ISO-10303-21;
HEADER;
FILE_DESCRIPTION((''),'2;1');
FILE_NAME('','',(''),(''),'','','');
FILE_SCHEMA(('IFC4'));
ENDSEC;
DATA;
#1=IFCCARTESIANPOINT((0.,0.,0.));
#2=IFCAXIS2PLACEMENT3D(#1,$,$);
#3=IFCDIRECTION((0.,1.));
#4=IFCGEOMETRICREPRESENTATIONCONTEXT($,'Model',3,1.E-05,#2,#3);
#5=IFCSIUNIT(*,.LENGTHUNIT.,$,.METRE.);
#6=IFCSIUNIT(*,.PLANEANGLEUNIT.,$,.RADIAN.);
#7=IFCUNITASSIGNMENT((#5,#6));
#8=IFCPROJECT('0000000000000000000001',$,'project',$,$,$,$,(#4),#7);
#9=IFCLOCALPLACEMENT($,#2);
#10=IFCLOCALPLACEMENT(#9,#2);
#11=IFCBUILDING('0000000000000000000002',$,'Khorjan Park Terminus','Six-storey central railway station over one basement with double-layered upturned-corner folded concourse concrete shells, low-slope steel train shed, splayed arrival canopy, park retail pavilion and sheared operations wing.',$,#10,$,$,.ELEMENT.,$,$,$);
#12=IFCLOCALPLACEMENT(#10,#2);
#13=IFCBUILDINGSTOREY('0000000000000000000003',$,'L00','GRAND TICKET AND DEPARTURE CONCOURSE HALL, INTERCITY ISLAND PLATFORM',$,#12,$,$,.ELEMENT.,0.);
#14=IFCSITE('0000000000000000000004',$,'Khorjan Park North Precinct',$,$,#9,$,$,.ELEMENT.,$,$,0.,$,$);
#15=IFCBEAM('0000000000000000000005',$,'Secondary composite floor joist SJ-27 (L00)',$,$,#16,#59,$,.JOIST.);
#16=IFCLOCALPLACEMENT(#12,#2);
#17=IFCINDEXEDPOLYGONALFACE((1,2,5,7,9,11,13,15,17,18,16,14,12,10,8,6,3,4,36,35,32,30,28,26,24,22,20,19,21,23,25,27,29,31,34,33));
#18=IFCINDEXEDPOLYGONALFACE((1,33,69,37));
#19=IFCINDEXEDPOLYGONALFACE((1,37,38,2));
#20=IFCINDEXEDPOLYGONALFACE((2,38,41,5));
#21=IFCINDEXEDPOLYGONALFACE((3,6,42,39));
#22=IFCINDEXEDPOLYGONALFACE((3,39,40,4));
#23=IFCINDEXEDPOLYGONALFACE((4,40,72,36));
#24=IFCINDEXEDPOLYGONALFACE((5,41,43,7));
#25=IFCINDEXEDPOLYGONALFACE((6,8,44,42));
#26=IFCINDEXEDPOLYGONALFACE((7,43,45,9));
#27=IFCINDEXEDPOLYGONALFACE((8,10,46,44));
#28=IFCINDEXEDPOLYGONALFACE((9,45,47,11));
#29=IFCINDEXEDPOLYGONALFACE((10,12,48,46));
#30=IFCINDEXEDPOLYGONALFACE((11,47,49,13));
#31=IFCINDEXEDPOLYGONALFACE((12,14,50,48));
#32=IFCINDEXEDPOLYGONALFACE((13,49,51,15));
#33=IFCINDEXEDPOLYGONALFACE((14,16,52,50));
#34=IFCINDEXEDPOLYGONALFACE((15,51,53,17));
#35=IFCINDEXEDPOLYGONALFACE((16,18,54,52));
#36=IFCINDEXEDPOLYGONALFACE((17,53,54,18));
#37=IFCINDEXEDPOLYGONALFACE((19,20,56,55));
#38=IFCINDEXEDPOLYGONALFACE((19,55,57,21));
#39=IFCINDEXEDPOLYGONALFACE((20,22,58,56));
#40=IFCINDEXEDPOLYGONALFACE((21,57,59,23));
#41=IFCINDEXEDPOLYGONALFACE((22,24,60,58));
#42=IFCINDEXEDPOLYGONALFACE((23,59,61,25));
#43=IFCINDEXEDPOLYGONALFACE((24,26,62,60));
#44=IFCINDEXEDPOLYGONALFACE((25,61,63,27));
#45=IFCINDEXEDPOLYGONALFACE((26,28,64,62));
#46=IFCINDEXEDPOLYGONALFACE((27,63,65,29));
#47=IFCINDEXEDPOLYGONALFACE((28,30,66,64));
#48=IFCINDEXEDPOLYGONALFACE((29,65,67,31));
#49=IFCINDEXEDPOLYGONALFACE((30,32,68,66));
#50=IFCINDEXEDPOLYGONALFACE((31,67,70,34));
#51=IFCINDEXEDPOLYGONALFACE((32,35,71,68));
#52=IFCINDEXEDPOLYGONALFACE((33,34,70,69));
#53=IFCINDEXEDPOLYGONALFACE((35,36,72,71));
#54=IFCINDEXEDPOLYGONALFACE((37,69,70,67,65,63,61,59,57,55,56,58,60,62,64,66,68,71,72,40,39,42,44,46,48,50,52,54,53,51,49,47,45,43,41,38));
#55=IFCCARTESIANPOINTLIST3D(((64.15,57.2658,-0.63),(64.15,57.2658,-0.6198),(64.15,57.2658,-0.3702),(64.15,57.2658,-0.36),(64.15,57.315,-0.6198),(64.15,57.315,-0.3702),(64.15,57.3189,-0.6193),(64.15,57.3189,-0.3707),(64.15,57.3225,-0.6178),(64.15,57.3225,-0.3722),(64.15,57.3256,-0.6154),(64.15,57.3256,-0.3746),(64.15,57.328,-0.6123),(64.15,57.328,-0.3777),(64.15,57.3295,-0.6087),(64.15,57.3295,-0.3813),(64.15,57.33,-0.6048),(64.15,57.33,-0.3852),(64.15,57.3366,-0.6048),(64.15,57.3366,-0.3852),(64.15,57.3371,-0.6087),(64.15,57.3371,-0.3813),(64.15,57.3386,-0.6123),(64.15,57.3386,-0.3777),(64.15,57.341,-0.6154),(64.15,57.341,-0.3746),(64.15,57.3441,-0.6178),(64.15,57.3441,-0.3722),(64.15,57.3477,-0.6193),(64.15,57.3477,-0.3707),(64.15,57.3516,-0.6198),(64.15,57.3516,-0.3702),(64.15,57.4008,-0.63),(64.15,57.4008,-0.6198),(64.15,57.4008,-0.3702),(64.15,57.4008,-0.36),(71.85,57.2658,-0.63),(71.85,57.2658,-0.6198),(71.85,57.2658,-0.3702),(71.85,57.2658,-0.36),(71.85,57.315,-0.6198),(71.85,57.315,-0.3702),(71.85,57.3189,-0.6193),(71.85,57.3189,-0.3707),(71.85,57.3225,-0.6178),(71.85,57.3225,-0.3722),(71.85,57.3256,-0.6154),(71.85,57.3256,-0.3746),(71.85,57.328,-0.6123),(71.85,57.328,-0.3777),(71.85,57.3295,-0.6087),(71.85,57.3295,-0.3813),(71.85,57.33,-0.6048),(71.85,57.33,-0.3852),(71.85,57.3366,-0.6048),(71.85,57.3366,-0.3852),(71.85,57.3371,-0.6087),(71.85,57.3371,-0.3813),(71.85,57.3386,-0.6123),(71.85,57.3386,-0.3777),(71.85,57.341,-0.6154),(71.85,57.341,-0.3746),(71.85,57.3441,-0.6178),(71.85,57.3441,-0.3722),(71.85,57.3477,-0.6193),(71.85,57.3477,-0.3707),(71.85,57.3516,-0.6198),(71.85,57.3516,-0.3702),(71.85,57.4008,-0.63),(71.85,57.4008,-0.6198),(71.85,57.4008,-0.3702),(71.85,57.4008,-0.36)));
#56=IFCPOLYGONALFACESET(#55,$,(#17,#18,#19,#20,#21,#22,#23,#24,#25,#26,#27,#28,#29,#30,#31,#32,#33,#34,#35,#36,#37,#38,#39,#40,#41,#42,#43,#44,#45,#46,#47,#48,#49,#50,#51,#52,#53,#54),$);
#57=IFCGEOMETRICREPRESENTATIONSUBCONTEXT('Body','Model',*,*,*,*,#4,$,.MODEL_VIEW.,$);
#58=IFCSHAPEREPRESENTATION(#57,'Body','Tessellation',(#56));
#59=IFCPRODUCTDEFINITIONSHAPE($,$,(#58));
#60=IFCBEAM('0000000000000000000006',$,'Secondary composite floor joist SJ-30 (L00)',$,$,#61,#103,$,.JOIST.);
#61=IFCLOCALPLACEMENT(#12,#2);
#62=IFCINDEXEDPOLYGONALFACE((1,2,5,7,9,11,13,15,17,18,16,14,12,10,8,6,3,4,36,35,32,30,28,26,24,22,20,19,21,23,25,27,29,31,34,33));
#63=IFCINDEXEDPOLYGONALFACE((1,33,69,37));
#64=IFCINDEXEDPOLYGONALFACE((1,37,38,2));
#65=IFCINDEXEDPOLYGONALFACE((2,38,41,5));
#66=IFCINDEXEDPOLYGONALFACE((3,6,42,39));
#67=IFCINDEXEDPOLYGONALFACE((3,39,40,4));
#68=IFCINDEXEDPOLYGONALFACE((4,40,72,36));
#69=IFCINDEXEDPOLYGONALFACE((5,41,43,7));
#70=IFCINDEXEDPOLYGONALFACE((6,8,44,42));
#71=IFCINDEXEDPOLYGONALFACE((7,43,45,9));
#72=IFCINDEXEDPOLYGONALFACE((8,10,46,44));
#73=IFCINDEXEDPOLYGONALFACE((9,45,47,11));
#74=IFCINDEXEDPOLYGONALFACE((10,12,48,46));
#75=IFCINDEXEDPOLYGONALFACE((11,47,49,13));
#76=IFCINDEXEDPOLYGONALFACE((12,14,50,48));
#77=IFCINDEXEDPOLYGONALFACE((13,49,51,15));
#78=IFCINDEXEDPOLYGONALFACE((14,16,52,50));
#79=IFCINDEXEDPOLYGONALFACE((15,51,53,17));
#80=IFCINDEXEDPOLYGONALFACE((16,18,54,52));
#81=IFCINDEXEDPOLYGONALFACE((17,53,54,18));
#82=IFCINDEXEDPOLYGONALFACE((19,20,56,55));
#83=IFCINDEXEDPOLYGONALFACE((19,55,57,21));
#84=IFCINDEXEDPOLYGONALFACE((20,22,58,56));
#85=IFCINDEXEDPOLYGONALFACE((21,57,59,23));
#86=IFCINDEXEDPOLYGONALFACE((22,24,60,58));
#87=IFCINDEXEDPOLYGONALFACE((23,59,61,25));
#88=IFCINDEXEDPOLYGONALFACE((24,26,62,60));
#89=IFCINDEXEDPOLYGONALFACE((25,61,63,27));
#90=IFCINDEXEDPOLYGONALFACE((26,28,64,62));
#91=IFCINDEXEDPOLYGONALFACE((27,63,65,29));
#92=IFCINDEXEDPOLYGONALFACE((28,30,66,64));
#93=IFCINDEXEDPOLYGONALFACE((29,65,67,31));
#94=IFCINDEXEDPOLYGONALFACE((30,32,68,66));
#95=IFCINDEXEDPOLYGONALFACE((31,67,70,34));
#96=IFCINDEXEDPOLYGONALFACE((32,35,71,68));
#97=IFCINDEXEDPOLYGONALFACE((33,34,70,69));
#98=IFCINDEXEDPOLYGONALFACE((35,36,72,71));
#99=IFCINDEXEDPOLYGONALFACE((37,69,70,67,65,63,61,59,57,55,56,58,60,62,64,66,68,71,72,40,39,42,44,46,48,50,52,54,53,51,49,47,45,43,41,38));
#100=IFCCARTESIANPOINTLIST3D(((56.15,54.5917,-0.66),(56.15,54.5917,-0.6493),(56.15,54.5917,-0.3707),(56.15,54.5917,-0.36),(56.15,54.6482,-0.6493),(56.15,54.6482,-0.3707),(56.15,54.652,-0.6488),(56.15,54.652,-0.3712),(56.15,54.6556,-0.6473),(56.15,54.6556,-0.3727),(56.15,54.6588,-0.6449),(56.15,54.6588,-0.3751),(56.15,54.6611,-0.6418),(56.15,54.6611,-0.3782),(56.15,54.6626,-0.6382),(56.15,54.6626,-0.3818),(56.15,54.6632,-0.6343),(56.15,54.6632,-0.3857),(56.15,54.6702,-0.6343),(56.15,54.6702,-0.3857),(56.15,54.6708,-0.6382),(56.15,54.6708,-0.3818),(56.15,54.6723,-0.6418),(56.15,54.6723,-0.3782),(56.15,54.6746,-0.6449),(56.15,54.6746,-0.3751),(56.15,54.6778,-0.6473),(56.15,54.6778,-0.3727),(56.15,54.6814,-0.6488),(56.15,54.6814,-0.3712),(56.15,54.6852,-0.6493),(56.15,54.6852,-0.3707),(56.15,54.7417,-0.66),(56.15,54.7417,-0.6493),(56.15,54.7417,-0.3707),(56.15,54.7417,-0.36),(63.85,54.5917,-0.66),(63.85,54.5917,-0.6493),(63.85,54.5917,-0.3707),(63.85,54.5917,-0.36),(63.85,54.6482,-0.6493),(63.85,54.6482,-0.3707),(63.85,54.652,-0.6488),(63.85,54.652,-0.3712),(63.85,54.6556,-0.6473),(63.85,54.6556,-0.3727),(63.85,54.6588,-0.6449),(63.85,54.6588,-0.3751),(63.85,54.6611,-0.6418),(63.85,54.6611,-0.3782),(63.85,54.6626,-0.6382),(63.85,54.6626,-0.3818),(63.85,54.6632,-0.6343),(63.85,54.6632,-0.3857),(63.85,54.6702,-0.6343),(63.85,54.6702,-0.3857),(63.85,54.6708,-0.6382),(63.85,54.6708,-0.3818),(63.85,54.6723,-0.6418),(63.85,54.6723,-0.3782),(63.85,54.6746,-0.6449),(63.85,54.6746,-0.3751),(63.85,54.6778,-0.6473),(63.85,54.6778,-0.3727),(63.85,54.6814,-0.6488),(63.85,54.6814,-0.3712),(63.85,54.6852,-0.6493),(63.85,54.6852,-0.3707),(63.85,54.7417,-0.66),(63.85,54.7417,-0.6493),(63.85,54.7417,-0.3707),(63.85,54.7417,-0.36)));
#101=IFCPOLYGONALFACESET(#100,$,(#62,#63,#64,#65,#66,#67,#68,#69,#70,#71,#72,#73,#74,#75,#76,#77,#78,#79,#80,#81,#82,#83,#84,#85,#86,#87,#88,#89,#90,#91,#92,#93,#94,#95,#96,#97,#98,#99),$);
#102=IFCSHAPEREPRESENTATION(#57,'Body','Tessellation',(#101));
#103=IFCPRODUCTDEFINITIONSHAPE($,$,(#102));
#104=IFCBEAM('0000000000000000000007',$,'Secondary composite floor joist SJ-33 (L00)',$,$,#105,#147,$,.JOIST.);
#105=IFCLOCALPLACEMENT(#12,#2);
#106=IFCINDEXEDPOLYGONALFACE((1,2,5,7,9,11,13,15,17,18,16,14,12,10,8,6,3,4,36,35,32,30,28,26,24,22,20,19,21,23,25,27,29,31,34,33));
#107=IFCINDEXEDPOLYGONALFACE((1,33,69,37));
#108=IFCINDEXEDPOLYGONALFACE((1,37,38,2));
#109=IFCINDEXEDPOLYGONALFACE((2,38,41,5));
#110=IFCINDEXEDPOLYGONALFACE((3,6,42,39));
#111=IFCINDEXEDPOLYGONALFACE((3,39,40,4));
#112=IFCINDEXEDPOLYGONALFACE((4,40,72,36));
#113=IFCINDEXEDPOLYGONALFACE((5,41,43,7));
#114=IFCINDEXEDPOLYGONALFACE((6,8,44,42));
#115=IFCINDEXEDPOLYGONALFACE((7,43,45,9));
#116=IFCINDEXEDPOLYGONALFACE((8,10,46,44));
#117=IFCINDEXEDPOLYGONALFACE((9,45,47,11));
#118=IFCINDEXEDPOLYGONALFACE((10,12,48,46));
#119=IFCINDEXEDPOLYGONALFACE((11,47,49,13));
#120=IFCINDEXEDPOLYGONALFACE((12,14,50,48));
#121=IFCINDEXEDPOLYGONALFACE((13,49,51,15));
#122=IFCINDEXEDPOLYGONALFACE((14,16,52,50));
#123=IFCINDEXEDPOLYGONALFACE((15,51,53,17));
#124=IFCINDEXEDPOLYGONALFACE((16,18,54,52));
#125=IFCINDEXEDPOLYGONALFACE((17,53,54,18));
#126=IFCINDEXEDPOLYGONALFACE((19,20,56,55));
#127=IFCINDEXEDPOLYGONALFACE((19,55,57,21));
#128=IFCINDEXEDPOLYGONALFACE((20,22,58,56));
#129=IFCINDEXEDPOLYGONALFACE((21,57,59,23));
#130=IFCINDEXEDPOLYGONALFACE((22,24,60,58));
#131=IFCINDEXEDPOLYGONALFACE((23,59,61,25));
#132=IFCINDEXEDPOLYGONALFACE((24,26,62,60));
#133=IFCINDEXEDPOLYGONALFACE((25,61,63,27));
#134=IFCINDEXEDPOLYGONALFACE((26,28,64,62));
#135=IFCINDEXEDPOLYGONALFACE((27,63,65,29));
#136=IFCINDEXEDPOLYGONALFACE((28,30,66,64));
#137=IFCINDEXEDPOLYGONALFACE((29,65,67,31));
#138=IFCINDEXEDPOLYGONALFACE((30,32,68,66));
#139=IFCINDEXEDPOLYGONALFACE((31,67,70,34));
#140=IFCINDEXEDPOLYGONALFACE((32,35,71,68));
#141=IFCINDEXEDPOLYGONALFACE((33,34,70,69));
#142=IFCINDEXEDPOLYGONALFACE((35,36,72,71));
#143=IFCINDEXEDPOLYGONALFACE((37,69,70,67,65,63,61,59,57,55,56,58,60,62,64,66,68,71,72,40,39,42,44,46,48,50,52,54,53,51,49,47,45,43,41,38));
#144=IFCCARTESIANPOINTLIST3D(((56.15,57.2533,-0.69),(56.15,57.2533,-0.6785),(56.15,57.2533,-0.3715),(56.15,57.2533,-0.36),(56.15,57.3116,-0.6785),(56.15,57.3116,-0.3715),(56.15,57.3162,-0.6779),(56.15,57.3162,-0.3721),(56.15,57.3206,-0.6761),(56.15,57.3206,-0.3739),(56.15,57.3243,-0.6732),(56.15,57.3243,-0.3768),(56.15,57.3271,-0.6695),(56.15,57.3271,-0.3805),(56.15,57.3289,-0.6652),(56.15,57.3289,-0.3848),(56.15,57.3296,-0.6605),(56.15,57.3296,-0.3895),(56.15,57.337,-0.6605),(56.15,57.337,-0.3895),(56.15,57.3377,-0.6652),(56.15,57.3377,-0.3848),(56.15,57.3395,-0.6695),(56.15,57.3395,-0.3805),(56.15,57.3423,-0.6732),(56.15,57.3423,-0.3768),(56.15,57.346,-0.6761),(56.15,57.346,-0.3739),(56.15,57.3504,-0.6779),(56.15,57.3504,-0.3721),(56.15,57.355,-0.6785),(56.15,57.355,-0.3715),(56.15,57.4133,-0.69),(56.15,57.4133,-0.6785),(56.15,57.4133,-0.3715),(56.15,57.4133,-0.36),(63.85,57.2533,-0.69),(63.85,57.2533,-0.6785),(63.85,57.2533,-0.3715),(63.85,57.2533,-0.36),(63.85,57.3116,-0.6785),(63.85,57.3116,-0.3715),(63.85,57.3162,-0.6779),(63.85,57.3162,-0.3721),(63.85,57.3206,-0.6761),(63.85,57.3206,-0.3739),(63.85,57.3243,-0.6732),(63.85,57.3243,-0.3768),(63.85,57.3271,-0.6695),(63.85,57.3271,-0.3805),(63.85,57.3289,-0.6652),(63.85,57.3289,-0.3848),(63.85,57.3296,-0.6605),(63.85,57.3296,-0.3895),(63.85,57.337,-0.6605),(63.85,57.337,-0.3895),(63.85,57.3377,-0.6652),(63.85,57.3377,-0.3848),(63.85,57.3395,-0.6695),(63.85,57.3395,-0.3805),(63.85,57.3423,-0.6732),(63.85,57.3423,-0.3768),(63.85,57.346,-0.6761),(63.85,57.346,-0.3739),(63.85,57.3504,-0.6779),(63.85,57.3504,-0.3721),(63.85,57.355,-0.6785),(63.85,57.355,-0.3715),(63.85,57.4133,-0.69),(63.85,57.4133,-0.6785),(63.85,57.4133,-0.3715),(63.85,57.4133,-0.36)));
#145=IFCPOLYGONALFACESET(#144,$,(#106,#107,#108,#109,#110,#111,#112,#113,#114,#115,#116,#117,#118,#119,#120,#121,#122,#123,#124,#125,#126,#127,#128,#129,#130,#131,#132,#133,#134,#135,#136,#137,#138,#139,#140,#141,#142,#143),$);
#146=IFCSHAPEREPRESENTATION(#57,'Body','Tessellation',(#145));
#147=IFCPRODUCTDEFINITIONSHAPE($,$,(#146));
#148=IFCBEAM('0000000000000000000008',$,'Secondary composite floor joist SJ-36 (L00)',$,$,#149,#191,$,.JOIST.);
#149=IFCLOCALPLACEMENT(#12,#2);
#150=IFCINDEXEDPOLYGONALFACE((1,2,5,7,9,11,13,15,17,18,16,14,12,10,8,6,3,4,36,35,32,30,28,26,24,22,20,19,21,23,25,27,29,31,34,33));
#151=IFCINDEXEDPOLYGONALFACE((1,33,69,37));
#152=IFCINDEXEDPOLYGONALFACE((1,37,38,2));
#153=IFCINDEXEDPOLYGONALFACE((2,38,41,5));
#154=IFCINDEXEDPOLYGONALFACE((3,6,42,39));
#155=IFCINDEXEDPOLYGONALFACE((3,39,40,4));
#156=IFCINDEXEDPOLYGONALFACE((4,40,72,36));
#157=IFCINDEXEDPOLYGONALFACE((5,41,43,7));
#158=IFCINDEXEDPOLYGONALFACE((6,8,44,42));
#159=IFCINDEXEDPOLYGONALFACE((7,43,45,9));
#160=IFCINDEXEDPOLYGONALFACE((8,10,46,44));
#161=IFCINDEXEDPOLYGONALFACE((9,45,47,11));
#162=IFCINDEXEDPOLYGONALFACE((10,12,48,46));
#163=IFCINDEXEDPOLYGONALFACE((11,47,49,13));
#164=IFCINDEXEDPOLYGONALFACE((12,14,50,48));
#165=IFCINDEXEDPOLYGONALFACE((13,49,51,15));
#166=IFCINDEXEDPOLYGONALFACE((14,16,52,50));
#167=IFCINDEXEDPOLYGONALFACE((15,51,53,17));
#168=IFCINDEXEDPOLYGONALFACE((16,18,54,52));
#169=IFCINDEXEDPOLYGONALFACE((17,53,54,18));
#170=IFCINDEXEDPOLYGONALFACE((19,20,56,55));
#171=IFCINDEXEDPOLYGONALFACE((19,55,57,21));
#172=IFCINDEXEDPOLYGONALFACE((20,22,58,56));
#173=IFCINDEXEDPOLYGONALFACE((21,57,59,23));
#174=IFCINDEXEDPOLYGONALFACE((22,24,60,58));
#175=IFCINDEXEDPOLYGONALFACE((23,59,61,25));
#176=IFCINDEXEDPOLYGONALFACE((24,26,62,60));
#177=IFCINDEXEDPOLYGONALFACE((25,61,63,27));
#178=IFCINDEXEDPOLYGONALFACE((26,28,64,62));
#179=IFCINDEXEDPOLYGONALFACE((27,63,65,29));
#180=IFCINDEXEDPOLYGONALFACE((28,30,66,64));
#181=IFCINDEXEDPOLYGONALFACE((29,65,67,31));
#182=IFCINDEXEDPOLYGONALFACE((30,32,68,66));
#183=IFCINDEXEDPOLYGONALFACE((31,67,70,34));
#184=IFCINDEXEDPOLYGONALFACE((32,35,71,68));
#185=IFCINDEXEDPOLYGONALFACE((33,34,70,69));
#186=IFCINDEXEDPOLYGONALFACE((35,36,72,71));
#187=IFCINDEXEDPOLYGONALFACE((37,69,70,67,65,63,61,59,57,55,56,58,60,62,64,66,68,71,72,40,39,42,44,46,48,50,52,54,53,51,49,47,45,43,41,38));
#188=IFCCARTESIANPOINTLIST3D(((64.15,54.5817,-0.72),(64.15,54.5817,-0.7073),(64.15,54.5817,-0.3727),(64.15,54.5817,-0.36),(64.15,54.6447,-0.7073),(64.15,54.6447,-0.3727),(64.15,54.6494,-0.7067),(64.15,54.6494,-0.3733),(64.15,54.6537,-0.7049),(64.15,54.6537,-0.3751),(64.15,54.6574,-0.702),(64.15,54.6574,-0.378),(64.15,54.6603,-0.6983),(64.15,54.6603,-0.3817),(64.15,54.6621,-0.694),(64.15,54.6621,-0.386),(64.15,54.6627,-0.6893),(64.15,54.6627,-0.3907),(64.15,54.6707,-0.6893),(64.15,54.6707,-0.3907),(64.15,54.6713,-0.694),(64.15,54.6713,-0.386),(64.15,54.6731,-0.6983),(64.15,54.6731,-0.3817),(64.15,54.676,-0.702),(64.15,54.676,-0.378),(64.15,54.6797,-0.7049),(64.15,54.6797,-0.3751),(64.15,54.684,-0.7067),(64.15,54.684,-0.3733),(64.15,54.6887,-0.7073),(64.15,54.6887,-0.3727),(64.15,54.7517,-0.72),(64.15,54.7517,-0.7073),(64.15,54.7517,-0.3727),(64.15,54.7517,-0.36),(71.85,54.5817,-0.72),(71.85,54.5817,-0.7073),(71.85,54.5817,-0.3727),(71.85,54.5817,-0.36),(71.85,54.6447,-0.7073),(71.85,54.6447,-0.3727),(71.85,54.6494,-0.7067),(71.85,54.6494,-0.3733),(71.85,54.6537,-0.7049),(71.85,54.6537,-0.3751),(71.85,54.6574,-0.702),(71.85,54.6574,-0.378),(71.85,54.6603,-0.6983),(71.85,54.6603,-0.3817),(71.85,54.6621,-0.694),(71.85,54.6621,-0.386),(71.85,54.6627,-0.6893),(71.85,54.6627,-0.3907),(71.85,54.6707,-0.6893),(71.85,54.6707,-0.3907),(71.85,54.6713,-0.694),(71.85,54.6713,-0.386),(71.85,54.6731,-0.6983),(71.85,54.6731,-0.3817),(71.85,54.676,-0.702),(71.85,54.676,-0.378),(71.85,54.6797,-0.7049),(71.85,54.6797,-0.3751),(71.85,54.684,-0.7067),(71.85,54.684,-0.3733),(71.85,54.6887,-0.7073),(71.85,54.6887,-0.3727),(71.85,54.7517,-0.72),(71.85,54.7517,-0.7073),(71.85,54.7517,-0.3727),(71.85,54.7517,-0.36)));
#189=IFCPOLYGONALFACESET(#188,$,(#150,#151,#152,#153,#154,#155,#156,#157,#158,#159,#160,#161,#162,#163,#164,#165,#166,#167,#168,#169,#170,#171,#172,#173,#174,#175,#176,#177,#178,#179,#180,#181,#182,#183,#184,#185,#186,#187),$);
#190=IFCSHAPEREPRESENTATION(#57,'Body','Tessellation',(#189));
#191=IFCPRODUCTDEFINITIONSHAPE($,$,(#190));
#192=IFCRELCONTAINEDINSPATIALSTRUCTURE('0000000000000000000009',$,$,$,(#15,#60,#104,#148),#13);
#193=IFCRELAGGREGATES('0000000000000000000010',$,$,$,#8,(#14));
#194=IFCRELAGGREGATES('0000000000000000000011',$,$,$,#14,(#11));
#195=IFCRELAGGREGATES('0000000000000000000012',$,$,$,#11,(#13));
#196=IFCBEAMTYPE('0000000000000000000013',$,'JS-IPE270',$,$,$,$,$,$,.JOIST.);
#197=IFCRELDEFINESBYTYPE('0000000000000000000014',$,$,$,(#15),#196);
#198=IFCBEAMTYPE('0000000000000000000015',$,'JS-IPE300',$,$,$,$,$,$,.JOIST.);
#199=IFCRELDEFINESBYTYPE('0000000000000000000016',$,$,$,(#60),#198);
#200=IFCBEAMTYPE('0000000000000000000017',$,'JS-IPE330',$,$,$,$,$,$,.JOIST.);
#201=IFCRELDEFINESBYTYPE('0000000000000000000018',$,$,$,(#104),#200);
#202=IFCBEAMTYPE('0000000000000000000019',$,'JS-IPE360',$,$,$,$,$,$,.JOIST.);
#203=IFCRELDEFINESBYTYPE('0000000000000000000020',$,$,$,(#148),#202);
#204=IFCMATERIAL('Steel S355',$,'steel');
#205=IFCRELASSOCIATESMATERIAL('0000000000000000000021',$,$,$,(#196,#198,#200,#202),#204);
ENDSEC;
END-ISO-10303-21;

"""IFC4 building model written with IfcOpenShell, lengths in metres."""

from ifc_helpers import new_model, si_unit, direction, frame, origin, origin_2d, place, context, subcontext, project, spatial, i_section, extrude, material, material_profile, profile_set, type_object, element, save


model = new_model("IFC4")

# Units and contexts
model_context = context("Model", 3, precision=1e-05, world=origin(), true_north=direction((0.0, 1.0)))
body_context = subcontext(model_context, "Body", "Model", "MODEL_VIEW")
ifc_project = project(units=[si_unit("LENGTHUNIT", "METRE"), si_unit("PLANEANGLEUNIT", "RADIAN")], contexts=[model_context])

# Site, building, storey
site_placement = place(None, origin())
site = spatial("IfcSite", under=ifc_project, at=site_placement, Name="Khorjan Park North Precinct", CompositionType="ELEMENT", RefElevation=0.0)
building_placement = place(site_placement, origin())
building = spatial("IfcBuilding", under=site, at=building_placement, Name="Khorjan Park Terminus", Description="Six-storey central railway station over one basement with double-layered upturned-corner folded concourse concrete shells, low-slope steel train shed, splayed arrival canopy, park retail pavilion and sheared operations wing.", CompositionType="ELEMENT")
storey_placement = place(building_placement, origin())
storey = spatial("IfcBuildingStorey", under=building, at=storey_placement, Name="L00", Description="GRAND TICKET AND DEPARTURE CONCOURSE HALL, INTERCITY ISLAND PLATFORM", CompositionType="ELEMENT", Elevation=0.0)

# Beams
ifc_material_1 = material(Name="Steel S355", Category="steel")
ifc_material_profile_1 = material_profile(ifc_material_1, i_section(OverallWidth=0.135, OverallDepth=0.27, WebThickness=0.0066, FlangeThickness=0.0102, FilletRadius=0.015, at=origin_2d()), Name="IPE 270")
ifc_profile_set_1 = profile_set([ifc_material_profile_1], Name="Steel S355")
beam_type_1 = type_object("IfcBeamType", Name="JS-IPE270", PredefinedType="JOIST", material=ifc_profile_set_1)
beam_1_placement = place(storey_placement, frame((64.15, 57.3333, -0.495), z_axis=(1.0, 0.0, 0.0), x_axis=(0.0, 1.0, 0.0)))
element("IfcBeam", 1, at=beam_1_placement, inside=storey, type_object=beam_type_1, Name="Secondary composite floor joist SJ-27 (L00)", PredefinedType="JOIST", context=body_context, shape_type="SweptSolid", body=[
    extrude(i_section(OverallWidth=0.135, OverallDepth=0.27, WebThickness=0.0066, FlangeThickness=0.0102, FilletRadius=0.015, at=origin_2d()), origin(), (0.0, 0.0, 1.0), 7.7),
])
ifc_material_profile_2 = material_profile(ifc_material_1, i_section(OverallWidth=0.15, OverallDepth=0.3, WebThickness=0.0071, FlangeThickness=0.0107, FilletRadius=0.015, at=origin_2d()), Name="IPE 300")
ifc_profile_set_2 = profile_set([ifc_material_profile_2], Name="Steel S355")
beam_type_2 = type_object("IfcBeamType", Name="JS-IPE300", PredefinedType="JOIST", material=ifc_profile_set_2)
beam_2_placement = place(storey_placement, frame((56.15, 54.6667, -0.51), z_axis=(1.0, 0.0, 0.0), x_axis=(0.0, 1.0, 0.0)))
element("IfcBeam", 2, at=beam_2_placement, inside=storey, type_object=beam_type_2, Name="Secondary composite floor joist SJ-30 (L00)", PredefinedType="JOIST", context=body_context, shape_type="SweptSolid", body=[
    extrude(i_section(OverallWidth=0.15, OverallDepth=0.3, WebThickness=0.0071, FlangeThickness=0.0107, FilletRadius=0.015, at=origin_2d()), origin(), (0.0, 0.0, 1.0), 7.7),
])
ifc_material_profile_3 = material_profile(ifc_material_1, i_section(OverallWidth=0.16, OverallDepth=0.33, WebThickness=0.0075, FlangeThickness=0.0115, FilletRadius=0.018, at=origin_2d()), Name="IPE 330")
ifc_profile_set_3 = profile_set([ifc_material_profile_3], Name="Steel S355")
beam_type_3 = type_object("IfcBeamType", Name="JS-IPE330", PredefinedType="JOIST", material=ifc_profile_set_3)
beam_3_placement = place(storey_placement, frame((56.15, 57.3333, -0.525), z_axis=(1.0, 0.0, 0.0), x_axis=(0.0, 1.0, 0.0)))
element("IfcBeam", 3, at=beam_3_placement, inside=storey, type_object=beam_type_3, Name="Secondary composite floor joist SJ-33 (L00)", PredefinedType="JOIST", context=body_context, shape_type="SweptSolid", body=[
    extrude(i_section(OverallWidth=0.16, OverallDepth=0.33, WebThickness=0.0075, FlangeThickness=0.0115, FilletRadius=0.018, at=origin_2d()), origin(), (0.0, 0.0, 1.0), 7.7),
])
ifc_material_profile_4 = material_profile(ifc_material_1, i_section(OverallWidth=0.17, OverallDepth=0.36, WebThickness=0.008, FlangeThickness=0.0127, FilletRadius=0.018, at=origin_2d()), Name="IPE 360")
ifc_profile_set_4 = profile_set([ifc_material_profile_4], Name="Steel S355")
beam_type_4 = type_object("IfcBeamType", Name="JS-IPE360", PredefinedType="JOIST", material=ifc_profile_set_4)
beam_4_placement = place(storey_placement, frame((64.15, 54.6667, -0.54), z_axis=(1.0, 0.0, 0.0), x_axis=(0.0, 1.0, 0.0)))
element("IfcBeam", 4, at=beam_4_placement, inside=storey, type_object=beam_type_4, Name="Secondary composite floor joist SJ-36 (L00)", PredefinedType="JOIST", context=body_context, shape_type="SweptSolid", body=[
    extrude(i_section(OverallWidth=0.17, OverallDepth=0.36, WebThickness=0.008, FlangeThickness=0.0127, FilletRadius=0.018, at=origin_2d()), origin(), (0.0, 0.0, 1.0), 7.7),
])

save(model, "model.ifc")
